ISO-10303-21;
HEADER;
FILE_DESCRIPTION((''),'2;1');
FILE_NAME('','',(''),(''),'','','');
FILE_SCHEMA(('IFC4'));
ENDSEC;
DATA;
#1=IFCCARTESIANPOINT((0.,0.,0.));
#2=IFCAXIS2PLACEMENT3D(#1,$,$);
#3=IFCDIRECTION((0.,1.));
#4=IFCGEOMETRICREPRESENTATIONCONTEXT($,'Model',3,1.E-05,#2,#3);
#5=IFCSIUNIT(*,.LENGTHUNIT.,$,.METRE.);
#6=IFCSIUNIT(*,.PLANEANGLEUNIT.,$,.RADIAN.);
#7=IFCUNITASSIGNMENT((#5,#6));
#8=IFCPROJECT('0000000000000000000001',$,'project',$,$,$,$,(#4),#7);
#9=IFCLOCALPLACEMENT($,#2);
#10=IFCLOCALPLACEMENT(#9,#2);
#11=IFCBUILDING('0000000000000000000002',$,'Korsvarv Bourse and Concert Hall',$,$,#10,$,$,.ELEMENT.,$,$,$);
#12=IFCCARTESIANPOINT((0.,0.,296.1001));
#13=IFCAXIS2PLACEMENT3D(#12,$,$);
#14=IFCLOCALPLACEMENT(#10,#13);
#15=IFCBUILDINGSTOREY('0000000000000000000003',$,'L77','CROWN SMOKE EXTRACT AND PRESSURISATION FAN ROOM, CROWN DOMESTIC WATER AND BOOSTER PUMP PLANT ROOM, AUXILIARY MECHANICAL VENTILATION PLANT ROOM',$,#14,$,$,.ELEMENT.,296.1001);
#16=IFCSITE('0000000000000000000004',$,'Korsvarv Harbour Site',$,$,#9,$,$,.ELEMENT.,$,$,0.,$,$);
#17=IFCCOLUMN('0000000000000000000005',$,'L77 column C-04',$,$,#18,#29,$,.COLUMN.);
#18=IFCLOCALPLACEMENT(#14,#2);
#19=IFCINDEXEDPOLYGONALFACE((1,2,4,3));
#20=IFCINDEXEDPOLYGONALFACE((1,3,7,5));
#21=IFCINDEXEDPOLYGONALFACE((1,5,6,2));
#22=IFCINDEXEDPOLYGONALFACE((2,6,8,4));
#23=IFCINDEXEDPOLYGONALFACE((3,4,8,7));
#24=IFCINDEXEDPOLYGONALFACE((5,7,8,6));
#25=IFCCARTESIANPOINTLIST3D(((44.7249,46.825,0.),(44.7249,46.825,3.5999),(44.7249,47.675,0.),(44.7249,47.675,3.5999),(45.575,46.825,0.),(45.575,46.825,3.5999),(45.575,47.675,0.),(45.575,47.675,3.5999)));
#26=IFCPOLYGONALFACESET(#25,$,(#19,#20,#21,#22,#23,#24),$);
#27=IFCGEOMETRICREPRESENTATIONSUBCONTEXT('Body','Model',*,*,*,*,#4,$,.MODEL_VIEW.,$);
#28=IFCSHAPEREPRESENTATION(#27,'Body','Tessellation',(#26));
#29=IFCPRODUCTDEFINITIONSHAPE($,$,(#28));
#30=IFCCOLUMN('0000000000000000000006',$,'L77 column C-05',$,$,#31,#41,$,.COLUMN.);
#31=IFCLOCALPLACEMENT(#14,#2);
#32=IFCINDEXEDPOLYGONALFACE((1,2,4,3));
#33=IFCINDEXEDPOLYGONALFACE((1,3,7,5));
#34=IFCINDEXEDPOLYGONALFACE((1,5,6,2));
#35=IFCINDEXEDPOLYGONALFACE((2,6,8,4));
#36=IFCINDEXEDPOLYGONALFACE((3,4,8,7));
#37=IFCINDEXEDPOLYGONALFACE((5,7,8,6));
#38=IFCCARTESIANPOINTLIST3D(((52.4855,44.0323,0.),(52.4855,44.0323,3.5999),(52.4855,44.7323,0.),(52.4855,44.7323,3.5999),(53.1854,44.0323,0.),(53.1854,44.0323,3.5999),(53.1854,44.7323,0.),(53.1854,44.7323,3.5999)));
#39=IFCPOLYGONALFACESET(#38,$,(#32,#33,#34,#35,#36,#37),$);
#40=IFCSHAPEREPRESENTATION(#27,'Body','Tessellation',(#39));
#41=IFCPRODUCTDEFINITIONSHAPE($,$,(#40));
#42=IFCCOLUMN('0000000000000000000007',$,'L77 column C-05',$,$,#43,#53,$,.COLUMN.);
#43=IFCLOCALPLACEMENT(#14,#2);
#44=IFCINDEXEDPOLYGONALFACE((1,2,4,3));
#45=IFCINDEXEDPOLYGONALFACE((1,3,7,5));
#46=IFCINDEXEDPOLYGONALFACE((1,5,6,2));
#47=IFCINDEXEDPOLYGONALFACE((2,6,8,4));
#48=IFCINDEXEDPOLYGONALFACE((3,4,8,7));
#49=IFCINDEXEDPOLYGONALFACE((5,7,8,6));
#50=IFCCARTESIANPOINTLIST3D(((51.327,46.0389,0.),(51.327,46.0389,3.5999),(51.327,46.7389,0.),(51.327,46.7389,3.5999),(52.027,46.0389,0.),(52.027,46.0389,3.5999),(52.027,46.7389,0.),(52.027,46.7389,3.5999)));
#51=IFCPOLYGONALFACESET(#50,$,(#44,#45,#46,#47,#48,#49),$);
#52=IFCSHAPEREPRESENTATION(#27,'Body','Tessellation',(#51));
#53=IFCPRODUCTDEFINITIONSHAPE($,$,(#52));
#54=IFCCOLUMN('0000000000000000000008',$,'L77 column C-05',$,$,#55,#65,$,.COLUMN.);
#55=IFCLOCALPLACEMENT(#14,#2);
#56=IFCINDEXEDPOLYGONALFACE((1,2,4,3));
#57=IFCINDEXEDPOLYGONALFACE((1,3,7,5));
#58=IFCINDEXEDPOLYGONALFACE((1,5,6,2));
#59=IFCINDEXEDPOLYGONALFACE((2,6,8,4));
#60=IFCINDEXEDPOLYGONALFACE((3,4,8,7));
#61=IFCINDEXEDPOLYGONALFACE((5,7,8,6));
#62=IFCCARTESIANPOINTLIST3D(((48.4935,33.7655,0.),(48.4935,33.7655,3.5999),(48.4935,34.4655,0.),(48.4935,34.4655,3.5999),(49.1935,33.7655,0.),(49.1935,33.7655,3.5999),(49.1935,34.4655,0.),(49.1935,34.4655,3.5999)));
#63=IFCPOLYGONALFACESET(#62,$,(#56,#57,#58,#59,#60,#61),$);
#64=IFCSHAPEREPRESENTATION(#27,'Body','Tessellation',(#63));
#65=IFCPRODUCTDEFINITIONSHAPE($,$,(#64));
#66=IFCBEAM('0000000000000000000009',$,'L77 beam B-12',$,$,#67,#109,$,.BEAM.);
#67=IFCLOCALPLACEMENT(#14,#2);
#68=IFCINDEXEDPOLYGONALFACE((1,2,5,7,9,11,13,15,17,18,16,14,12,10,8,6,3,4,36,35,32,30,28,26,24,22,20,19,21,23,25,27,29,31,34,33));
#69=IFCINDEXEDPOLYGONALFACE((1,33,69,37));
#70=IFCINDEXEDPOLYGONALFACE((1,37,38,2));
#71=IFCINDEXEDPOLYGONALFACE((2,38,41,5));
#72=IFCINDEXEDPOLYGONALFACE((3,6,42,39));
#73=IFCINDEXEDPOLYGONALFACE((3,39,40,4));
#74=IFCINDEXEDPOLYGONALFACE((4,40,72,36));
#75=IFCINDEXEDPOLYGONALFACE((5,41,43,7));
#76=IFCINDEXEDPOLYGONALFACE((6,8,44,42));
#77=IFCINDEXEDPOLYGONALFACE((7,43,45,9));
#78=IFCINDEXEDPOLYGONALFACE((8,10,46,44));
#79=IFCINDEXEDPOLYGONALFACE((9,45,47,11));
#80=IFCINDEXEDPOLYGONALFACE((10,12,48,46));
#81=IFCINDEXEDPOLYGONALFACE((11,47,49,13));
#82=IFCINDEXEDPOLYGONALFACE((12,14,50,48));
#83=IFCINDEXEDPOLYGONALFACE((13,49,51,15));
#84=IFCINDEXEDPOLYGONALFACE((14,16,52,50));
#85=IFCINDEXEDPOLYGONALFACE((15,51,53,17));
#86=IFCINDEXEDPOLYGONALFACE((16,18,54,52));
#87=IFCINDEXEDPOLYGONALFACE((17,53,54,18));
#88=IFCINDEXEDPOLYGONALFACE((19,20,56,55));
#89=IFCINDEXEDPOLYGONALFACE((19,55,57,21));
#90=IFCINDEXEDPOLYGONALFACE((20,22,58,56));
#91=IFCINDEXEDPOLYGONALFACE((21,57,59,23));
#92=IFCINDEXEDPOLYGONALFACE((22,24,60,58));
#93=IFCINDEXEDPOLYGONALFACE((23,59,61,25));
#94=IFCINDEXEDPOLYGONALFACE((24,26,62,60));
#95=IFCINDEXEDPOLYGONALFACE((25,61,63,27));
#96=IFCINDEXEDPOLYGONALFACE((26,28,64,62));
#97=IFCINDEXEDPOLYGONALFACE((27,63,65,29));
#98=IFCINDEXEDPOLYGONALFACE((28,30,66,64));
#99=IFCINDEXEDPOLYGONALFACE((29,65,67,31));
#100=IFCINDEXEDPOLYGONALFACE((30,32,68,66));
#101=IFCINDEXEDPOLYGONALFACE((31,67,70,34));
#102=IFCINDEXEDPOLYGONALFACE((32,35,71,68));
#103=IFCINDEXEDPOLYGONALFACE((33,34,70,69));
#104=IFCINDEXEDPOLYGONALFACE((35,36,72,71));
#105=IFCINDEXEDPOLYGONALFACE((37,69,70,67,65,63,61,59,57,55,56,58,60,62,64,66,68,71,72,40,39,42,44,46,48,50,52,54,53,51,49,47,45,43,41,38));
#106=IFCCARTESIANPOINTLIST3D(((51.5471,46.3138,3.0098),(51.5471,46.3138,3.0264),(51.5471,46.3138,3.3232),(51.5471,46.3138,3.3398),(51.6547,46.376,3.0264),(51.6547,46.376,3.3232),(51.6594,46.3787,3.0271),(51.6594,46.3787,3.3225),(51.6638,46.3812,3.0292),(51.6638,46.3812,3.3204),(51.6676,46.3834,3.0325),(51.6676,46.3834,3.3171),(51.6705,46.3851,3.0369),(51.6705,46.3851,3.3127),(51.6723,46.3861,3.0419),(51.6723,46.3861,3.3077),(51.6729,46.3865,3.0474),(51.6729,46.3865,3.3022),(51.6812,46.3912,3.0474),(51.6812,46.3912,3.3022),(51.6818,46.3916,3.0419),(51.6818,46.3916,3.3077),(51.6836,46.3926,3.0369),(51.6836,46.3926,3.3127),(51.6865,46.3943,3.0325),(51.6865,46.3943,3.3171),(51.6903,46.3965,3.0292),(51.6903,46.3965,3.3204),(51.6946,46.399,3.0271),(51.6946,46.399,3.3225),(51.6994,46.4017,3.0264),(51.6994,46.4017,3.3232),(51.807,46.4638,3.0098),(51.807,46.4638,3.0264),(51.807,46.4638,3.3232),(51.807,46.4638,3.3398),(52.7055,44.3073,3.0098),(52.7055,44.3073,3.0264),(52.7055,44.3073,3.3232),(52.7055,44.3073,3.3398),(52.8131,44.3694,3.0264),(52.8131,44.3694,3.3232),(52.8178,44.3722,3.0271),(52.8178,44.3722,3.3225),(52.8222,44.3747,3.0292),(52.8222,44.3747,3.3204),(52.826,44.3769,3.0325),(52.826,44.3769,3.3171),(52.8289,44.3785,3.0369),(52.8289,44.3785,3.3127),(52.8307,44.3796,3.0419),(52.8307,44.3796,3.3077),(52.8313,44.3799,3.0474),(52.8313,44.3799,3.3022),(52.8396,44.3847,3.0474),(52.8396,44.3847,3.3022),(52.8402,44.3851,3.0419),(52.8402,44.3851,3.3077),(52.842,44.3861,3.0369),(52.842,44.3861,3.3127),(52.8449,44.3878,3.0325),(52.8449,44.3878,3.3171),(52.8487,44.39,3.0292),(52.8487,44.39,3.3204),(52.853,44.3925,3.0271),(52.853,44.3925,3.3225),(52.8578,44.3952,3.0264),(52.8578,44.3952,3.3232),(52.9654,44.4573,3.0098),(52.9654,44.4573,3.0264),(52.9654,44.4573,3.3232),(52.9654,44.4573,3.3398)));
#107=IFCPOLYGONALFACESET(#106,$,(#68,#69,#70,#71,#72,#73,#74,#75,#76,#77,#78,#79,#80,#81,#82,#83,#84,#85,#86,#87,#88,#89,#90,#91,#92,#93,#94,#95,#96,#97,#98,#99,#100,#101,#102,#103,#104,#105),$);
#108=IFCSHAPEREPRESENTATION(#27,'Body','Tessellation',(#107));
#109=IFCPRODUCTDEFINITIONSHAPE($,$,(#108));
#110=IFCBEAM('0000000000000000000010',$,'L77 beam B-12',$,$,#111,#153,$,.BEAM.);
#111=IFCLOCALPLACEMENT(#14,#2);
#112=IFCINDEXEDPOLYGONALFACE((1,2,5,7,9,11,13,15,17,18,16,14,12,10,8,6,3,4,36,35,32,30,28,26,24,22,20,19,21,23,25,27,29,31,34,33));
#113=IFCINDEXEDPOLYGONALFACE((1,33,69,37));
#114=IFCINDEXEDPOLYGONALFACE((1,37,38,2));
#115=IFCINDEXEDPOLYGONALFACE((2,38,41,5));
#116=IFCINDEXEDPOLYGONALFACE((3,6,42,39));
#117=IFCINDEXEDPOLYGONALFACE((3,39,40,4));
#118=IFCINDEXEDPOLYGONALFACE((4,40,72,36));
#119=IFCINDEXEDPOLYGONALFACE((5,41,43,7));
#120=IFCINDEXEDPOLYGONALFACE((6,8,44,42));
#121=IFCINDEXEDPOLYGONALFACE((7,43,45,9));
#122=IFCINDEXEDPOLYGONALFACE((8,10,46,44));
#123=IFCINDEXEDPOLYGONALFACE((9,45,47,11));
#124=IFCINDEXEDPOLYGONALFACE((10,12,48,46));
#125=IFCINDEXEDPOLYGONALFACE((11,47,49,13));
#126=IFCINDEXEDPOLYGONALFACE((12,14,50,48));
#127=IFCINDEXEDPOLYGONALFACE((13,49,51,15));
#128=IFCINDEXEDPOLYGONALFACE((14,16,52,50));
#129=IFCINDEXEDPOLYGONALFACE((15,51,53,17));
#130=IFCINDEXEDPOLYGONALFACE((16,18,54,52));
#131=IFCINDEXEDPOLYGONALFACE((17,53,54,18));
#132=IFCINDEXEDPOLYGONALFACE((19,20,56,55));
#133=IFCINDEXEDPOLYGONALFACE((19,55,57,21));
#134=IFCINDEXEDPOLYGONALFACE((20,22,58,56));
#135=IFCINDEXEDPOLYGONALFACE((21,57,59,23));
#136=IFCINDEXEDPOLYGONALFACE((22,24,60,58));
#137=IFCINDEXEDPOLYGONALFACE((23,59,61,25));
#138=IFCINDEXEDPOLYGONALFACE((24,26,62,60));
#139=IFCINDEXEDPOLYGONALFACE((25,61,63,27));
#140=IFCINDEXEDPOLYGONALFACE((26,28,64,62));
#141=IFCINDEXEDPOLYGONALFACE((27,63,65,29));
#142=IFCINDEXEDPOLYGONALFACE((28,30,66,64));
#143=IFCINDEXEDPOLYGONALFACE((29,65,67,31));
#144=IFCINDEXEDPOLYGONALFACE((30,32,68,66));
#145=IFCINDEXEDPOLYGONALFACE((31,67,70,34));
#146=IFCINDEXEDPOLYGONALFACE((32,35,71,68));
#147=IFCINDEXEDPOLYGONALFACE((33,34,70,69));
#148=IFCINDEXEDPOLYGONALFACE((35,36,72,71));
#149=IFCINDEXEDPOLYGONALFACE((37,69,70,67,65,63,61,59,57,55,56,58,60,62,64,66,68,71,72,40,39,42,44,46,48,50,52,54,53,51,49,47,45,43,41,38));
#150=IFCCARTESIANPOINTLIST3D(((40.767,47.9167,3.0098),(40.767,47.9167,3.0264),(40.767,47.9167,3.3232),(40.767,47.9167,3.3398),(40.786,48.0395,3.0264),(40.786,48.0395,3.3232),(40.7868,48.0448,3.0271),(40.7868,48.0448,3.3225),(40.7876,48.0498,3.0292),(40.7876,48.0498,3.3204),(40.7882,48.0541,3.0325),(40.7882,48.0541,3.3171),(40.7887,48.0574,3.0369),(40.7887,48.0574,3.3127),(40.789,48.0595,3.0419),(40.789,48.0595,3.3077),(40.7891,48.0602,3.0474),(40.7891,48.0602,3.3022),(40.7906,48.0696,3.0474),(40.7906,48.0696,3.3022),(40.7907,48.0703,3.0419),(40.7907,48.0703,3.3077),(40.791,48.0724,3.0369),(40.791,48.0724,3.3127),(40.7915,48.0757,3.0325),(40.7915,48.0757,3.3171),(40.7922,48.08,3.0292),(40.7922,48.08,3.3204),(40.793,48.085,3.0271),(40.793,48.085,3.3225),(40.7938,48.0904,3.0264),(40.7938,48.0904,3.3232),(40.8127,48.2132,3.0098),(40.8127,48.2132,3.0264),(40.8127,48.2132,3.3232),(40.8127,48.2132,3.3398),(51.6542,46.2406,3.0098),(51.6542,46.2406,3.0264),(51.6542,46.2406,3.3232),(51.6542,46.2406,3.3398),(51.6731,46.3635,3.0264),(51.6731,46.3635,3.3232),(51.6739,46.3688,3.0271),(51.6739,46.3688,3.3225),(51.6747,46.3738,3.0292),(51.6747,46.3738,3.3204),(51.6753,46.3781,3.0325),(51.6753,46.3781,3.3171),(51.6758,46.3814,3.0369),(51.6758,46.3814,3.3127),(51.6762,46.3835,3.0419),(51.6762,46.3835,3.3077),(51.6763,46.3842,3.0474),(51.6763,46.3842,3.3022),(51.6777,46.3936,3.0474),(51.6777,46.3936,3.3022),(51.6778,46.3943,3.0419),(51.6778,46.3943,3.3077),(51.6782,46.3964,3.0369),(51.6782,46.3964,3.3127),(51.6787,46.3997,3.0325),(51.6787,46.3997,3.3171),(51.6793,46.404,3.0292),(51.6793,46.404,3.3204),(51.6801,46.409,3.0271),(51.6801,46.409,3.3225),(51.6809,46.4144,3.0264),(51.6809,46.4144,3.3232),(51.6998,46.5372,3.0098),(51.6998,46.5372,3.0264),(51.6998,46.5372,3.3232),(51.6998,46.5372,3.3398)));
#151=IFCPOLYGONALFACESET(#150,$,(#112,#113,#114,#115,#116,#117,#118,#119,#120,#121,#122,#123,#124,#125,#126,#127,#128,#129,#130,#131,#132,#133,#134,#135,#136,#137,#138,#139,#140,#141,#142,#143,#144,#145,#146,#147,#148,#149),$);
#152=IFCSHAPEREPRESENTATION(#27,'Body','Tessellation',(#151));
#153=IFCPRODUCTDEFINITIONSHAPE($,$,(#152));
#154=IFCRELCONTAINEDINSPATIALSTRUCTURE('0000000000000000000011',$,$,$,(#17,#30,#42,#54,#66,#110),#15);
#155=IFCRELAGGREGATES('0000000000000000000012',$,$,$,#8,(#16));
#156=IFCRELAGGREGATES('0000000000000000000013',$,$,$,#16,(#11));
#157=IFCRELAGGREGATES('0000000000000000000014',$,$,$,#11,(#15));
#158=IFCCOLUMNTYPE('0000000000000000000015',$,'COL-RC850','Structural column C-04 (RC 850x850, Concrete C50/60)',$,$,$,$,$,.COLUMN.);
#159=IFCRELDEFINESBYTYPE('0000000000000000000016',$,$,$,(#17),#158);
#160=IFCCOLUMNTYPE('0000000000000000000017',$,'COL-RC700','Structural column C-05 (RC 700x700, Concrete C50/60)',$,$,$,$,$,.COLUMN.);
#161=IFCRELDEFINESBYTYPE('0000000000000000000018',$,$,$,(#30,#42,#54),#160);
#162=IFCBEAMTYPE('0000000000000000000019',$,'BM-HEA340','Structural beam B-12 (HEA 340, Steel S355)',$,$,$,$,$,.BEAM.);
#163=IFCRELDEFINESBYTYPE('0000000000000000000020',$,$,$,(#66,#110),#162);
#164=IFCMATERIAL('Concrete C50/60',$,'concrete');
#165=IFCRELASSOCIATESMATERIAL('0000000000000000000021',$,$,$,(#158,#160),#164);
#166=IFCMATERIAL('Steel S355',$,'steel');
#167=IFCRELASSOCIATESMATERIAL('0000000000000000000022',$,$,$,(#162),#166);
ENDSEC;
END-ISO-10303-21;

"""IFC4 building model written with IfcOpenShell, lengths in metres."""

from ifc_helpers import new_model, si_unit, direction, frame, origin, origin_2d, place, context, subcontext, project, spatial, rectangle, i_section, extrude, source, transform, mapped, material, material_profile, profile_set, type_object, element, save


model = new_model("IFC4")

# Units and contexts
model_context = context("Model", 3, precision=1e-05, world=origin(), true_north=direction((0.0, 1.0)))
body_context = subcontext(model_context, "Body", "Model", "MODEL_VIEW")
ifc_project = project(units=[si_unit("LENGTHUNIT", "METRE"), si_unit("PLANEANGLEUNIT", "RADIAN")], contexts=[model_context])

# Site, building, storey
site_placement = place(None, origin())
site = spatial("IfcSite", under=ifc_project, at=site_placement, Name="Korsvarv Harbour Site", CompositionType="ELEMENT", RefElevation=0.0)
building_placement = place(site_placement, origin())
building = spatial("IfcBuilding", under=site, at=building_placement, Name="Korsvarv Bourse and Concert Hall", CompositionType="ELEMENT")
storey_placement = place(building_placement, frame((0.0, 0.0, 296.1001)))
storey = spatial("IfcBuildingStorey", under=building, at=storey_placement, Name="L77", Description="CROWN SMOKE EXTRACT AND PRESSURISATION FAN ROOM, CROWN DOMESTIC WATER AND BOOSTER PUMP PLANT ROOM, AUXILIARY MECHANICAL VENTILATION PLANT ROOM", CompositionType="ELEMENT", Elevation=296.1001)

# Columns
ifc_material_1 = material(Name="Concrete C50/60", Category="concrete")
ifc_material_profile_1 = material_profile(ifc_material_1, rectangle(XDim=0.8501, YDim=0.8501, at=origin_2d()), Name="RC 850x850")
ifc_profile_set_1 = profile_set([ifc_material_profile_1], Name="Concrete C50/60")
column_type_1 = type_object("IfcColumnType", Name="COL-RC850", Description="Structural column C-04 (RC 850x850, Concrete C50/60)", PredefinedType="COLUMN", material=ifc_profile_set_1)
shared_shape_1 = source(origin(), body_context, "Body", "SweptSolid", [
    extrude(rectangle(XDim=0.8501, YDim=0.8501, at=origin_2d()), origin(), (0.0, 0.0, 1.0), 3.5999),
])
column_placement = place(storey_placement, frame((45.1499, 47.25, 0.0), z_axis=(0.0, 0.0, 1.0), x_axis=(1.0, 0.0, 0.0)))
element("IfcColumn", 1, at=column_placement, inside=storey, type_object=column_type_1, Name="L77 column C-04", PredefinedType="COLUMN", context=body_context, shape_type="MappedRepresentation", body=[
    mapped(shared_shape_1, transform((0.0, 0.0, 0.0), scale=1.0)),
])
ifc_material_profile_2 = material_profile(ifc_material_1, rectangle(XDim=0.7, YDim=0.7, at=origin_2d()), Name="RC 700x700")
ifc_profile_set_2 = profile_set([ifc_material_profile_2], Name="Concrete C50/60")
column_type_2 = type_object("IfcColumnType", Name="COL-RC700", Description="Structural column C-05 (RC 700x700, Concrete C50/60)", PredefinedType="COLUMN", material=ifc_profile_set_2)
shared_shape_2 = source(origin(), body_context, "Body", "SweptSolid", [
    extrude(rectangle(XDim=0.7, YDim=0.7, at=origin_2d()), origin(), (0.0, 0.0, 1.0), 3.5999),
])
for number, where, z_axis, x_axis, name in (
    (2, (52.8354, 44.3823, 0.0), (0.0, 0.0, 1.0), (1.0, 0.0, 0.0), "L77 column C-05"),
    (3, (51.677, 46.3889, 0.0), (0.0, 0.0, 1.0), (1.0, 0.0, 0.0), "L77 column C-05"),
    (4, (48.8435, 34.1155, 0.0), (0.0, 0.0, 1.0), (1.0, 0.0, 0.0), "L77 column C-05"),
):
    element("IfcColumn", number, at=place(storey_placement, frame(where, z_axis=z_axis, x_axis=x_axis)), inside=storey, type_object=column_type_2, Name=name, PredefinedType="COLUMN", context=body_context, shape_type="MappedRepresentation", body=[
        mapped(shared_shape_2, transform((0.0, 0.0, 0.0), scale=1.0)),
    ])

# Beams
ifc_material_2 = material(Name="Steel S355", Category="steel")
ifc_material_profile_3 = material_profile(ifc_material_2, i_section(OverallWidth=0.3, OverallDepth=0.3301, WebThickness=0.0095, FlangeThickness=0.0166, FilletRadius=0.021, at=origin_2d()), Name="HEA 340")
ifc_profile_set_3 = profile_set([ifc_material_profile_3], Name="Steel S355")
beam_type = type_object("IfcBeamType", Name="BM-HEA340", Description="Structural beam B-12 (HEA 340, Steel S355)", PredefinedType="BEAM", material=ifc_profile_set_3)
shared_shape_3 = source(origin(), body_context, "Body", "SweptSolid", [
    extrude(i_section(OverallWidth=0.3, OverallDepth=0.3301, WebThickness=0.0095, FlangeThickness=0.0166, FilletRadius=0.021, at=origin_2d()), origin(), (0.0, 0.0, 1.0), 2.3169),
])
beam_1_placement = place(storey_placement, frame((52.8354, 44.3823, 3.1748), z_axis=(-0.499981, 0.866036, 0.0), x_axis=(-0.866036, -0.499981, 0.0)))
element("IfcBeam", 5, at=beam_1_placement, inside=storey, type_object=beam_type, Name="L77 beam B-12", PredefinedType="BEAM", context=body_context, shape_type="MappedRepresentation", body=[
    mapped(shared_shape_3, transform((0.0, 0.0, 0.0), scale=1.0)),
])
shared_shape_4 = source(origin(), body_context, "Body", "SweptSolid", [
    extrude(i_section(OverallWidth=0.3, OverallDepth=0.3301, WebThickness=0.0095, FlangeThickness=0.0166, FilletRadius=0.021, at=origin_2d()), origin(), (0.0, 0.0, 1.0), 11.0154),
])
beam_2_placement = place(storey_placement, frame((51.677, 46.3889, 3.1748), z_axis=(-0.988357, 0.152152, 0.0), x_axis=(-0.152152, -0.988357, 0.0)))
element("IfcBeam", 6, at=beam_2_placement, inside=storey, type_object=beam_type, Name="L77 beam B-12", PredefinedType="BEAM", context=body_context, shape_type="MappedRepresentation", body=[
    mapped(shared_shape_4, transform((0.0, 0.0, 0.0), scale=1.0)),
])

save(model, "model.ifc")
